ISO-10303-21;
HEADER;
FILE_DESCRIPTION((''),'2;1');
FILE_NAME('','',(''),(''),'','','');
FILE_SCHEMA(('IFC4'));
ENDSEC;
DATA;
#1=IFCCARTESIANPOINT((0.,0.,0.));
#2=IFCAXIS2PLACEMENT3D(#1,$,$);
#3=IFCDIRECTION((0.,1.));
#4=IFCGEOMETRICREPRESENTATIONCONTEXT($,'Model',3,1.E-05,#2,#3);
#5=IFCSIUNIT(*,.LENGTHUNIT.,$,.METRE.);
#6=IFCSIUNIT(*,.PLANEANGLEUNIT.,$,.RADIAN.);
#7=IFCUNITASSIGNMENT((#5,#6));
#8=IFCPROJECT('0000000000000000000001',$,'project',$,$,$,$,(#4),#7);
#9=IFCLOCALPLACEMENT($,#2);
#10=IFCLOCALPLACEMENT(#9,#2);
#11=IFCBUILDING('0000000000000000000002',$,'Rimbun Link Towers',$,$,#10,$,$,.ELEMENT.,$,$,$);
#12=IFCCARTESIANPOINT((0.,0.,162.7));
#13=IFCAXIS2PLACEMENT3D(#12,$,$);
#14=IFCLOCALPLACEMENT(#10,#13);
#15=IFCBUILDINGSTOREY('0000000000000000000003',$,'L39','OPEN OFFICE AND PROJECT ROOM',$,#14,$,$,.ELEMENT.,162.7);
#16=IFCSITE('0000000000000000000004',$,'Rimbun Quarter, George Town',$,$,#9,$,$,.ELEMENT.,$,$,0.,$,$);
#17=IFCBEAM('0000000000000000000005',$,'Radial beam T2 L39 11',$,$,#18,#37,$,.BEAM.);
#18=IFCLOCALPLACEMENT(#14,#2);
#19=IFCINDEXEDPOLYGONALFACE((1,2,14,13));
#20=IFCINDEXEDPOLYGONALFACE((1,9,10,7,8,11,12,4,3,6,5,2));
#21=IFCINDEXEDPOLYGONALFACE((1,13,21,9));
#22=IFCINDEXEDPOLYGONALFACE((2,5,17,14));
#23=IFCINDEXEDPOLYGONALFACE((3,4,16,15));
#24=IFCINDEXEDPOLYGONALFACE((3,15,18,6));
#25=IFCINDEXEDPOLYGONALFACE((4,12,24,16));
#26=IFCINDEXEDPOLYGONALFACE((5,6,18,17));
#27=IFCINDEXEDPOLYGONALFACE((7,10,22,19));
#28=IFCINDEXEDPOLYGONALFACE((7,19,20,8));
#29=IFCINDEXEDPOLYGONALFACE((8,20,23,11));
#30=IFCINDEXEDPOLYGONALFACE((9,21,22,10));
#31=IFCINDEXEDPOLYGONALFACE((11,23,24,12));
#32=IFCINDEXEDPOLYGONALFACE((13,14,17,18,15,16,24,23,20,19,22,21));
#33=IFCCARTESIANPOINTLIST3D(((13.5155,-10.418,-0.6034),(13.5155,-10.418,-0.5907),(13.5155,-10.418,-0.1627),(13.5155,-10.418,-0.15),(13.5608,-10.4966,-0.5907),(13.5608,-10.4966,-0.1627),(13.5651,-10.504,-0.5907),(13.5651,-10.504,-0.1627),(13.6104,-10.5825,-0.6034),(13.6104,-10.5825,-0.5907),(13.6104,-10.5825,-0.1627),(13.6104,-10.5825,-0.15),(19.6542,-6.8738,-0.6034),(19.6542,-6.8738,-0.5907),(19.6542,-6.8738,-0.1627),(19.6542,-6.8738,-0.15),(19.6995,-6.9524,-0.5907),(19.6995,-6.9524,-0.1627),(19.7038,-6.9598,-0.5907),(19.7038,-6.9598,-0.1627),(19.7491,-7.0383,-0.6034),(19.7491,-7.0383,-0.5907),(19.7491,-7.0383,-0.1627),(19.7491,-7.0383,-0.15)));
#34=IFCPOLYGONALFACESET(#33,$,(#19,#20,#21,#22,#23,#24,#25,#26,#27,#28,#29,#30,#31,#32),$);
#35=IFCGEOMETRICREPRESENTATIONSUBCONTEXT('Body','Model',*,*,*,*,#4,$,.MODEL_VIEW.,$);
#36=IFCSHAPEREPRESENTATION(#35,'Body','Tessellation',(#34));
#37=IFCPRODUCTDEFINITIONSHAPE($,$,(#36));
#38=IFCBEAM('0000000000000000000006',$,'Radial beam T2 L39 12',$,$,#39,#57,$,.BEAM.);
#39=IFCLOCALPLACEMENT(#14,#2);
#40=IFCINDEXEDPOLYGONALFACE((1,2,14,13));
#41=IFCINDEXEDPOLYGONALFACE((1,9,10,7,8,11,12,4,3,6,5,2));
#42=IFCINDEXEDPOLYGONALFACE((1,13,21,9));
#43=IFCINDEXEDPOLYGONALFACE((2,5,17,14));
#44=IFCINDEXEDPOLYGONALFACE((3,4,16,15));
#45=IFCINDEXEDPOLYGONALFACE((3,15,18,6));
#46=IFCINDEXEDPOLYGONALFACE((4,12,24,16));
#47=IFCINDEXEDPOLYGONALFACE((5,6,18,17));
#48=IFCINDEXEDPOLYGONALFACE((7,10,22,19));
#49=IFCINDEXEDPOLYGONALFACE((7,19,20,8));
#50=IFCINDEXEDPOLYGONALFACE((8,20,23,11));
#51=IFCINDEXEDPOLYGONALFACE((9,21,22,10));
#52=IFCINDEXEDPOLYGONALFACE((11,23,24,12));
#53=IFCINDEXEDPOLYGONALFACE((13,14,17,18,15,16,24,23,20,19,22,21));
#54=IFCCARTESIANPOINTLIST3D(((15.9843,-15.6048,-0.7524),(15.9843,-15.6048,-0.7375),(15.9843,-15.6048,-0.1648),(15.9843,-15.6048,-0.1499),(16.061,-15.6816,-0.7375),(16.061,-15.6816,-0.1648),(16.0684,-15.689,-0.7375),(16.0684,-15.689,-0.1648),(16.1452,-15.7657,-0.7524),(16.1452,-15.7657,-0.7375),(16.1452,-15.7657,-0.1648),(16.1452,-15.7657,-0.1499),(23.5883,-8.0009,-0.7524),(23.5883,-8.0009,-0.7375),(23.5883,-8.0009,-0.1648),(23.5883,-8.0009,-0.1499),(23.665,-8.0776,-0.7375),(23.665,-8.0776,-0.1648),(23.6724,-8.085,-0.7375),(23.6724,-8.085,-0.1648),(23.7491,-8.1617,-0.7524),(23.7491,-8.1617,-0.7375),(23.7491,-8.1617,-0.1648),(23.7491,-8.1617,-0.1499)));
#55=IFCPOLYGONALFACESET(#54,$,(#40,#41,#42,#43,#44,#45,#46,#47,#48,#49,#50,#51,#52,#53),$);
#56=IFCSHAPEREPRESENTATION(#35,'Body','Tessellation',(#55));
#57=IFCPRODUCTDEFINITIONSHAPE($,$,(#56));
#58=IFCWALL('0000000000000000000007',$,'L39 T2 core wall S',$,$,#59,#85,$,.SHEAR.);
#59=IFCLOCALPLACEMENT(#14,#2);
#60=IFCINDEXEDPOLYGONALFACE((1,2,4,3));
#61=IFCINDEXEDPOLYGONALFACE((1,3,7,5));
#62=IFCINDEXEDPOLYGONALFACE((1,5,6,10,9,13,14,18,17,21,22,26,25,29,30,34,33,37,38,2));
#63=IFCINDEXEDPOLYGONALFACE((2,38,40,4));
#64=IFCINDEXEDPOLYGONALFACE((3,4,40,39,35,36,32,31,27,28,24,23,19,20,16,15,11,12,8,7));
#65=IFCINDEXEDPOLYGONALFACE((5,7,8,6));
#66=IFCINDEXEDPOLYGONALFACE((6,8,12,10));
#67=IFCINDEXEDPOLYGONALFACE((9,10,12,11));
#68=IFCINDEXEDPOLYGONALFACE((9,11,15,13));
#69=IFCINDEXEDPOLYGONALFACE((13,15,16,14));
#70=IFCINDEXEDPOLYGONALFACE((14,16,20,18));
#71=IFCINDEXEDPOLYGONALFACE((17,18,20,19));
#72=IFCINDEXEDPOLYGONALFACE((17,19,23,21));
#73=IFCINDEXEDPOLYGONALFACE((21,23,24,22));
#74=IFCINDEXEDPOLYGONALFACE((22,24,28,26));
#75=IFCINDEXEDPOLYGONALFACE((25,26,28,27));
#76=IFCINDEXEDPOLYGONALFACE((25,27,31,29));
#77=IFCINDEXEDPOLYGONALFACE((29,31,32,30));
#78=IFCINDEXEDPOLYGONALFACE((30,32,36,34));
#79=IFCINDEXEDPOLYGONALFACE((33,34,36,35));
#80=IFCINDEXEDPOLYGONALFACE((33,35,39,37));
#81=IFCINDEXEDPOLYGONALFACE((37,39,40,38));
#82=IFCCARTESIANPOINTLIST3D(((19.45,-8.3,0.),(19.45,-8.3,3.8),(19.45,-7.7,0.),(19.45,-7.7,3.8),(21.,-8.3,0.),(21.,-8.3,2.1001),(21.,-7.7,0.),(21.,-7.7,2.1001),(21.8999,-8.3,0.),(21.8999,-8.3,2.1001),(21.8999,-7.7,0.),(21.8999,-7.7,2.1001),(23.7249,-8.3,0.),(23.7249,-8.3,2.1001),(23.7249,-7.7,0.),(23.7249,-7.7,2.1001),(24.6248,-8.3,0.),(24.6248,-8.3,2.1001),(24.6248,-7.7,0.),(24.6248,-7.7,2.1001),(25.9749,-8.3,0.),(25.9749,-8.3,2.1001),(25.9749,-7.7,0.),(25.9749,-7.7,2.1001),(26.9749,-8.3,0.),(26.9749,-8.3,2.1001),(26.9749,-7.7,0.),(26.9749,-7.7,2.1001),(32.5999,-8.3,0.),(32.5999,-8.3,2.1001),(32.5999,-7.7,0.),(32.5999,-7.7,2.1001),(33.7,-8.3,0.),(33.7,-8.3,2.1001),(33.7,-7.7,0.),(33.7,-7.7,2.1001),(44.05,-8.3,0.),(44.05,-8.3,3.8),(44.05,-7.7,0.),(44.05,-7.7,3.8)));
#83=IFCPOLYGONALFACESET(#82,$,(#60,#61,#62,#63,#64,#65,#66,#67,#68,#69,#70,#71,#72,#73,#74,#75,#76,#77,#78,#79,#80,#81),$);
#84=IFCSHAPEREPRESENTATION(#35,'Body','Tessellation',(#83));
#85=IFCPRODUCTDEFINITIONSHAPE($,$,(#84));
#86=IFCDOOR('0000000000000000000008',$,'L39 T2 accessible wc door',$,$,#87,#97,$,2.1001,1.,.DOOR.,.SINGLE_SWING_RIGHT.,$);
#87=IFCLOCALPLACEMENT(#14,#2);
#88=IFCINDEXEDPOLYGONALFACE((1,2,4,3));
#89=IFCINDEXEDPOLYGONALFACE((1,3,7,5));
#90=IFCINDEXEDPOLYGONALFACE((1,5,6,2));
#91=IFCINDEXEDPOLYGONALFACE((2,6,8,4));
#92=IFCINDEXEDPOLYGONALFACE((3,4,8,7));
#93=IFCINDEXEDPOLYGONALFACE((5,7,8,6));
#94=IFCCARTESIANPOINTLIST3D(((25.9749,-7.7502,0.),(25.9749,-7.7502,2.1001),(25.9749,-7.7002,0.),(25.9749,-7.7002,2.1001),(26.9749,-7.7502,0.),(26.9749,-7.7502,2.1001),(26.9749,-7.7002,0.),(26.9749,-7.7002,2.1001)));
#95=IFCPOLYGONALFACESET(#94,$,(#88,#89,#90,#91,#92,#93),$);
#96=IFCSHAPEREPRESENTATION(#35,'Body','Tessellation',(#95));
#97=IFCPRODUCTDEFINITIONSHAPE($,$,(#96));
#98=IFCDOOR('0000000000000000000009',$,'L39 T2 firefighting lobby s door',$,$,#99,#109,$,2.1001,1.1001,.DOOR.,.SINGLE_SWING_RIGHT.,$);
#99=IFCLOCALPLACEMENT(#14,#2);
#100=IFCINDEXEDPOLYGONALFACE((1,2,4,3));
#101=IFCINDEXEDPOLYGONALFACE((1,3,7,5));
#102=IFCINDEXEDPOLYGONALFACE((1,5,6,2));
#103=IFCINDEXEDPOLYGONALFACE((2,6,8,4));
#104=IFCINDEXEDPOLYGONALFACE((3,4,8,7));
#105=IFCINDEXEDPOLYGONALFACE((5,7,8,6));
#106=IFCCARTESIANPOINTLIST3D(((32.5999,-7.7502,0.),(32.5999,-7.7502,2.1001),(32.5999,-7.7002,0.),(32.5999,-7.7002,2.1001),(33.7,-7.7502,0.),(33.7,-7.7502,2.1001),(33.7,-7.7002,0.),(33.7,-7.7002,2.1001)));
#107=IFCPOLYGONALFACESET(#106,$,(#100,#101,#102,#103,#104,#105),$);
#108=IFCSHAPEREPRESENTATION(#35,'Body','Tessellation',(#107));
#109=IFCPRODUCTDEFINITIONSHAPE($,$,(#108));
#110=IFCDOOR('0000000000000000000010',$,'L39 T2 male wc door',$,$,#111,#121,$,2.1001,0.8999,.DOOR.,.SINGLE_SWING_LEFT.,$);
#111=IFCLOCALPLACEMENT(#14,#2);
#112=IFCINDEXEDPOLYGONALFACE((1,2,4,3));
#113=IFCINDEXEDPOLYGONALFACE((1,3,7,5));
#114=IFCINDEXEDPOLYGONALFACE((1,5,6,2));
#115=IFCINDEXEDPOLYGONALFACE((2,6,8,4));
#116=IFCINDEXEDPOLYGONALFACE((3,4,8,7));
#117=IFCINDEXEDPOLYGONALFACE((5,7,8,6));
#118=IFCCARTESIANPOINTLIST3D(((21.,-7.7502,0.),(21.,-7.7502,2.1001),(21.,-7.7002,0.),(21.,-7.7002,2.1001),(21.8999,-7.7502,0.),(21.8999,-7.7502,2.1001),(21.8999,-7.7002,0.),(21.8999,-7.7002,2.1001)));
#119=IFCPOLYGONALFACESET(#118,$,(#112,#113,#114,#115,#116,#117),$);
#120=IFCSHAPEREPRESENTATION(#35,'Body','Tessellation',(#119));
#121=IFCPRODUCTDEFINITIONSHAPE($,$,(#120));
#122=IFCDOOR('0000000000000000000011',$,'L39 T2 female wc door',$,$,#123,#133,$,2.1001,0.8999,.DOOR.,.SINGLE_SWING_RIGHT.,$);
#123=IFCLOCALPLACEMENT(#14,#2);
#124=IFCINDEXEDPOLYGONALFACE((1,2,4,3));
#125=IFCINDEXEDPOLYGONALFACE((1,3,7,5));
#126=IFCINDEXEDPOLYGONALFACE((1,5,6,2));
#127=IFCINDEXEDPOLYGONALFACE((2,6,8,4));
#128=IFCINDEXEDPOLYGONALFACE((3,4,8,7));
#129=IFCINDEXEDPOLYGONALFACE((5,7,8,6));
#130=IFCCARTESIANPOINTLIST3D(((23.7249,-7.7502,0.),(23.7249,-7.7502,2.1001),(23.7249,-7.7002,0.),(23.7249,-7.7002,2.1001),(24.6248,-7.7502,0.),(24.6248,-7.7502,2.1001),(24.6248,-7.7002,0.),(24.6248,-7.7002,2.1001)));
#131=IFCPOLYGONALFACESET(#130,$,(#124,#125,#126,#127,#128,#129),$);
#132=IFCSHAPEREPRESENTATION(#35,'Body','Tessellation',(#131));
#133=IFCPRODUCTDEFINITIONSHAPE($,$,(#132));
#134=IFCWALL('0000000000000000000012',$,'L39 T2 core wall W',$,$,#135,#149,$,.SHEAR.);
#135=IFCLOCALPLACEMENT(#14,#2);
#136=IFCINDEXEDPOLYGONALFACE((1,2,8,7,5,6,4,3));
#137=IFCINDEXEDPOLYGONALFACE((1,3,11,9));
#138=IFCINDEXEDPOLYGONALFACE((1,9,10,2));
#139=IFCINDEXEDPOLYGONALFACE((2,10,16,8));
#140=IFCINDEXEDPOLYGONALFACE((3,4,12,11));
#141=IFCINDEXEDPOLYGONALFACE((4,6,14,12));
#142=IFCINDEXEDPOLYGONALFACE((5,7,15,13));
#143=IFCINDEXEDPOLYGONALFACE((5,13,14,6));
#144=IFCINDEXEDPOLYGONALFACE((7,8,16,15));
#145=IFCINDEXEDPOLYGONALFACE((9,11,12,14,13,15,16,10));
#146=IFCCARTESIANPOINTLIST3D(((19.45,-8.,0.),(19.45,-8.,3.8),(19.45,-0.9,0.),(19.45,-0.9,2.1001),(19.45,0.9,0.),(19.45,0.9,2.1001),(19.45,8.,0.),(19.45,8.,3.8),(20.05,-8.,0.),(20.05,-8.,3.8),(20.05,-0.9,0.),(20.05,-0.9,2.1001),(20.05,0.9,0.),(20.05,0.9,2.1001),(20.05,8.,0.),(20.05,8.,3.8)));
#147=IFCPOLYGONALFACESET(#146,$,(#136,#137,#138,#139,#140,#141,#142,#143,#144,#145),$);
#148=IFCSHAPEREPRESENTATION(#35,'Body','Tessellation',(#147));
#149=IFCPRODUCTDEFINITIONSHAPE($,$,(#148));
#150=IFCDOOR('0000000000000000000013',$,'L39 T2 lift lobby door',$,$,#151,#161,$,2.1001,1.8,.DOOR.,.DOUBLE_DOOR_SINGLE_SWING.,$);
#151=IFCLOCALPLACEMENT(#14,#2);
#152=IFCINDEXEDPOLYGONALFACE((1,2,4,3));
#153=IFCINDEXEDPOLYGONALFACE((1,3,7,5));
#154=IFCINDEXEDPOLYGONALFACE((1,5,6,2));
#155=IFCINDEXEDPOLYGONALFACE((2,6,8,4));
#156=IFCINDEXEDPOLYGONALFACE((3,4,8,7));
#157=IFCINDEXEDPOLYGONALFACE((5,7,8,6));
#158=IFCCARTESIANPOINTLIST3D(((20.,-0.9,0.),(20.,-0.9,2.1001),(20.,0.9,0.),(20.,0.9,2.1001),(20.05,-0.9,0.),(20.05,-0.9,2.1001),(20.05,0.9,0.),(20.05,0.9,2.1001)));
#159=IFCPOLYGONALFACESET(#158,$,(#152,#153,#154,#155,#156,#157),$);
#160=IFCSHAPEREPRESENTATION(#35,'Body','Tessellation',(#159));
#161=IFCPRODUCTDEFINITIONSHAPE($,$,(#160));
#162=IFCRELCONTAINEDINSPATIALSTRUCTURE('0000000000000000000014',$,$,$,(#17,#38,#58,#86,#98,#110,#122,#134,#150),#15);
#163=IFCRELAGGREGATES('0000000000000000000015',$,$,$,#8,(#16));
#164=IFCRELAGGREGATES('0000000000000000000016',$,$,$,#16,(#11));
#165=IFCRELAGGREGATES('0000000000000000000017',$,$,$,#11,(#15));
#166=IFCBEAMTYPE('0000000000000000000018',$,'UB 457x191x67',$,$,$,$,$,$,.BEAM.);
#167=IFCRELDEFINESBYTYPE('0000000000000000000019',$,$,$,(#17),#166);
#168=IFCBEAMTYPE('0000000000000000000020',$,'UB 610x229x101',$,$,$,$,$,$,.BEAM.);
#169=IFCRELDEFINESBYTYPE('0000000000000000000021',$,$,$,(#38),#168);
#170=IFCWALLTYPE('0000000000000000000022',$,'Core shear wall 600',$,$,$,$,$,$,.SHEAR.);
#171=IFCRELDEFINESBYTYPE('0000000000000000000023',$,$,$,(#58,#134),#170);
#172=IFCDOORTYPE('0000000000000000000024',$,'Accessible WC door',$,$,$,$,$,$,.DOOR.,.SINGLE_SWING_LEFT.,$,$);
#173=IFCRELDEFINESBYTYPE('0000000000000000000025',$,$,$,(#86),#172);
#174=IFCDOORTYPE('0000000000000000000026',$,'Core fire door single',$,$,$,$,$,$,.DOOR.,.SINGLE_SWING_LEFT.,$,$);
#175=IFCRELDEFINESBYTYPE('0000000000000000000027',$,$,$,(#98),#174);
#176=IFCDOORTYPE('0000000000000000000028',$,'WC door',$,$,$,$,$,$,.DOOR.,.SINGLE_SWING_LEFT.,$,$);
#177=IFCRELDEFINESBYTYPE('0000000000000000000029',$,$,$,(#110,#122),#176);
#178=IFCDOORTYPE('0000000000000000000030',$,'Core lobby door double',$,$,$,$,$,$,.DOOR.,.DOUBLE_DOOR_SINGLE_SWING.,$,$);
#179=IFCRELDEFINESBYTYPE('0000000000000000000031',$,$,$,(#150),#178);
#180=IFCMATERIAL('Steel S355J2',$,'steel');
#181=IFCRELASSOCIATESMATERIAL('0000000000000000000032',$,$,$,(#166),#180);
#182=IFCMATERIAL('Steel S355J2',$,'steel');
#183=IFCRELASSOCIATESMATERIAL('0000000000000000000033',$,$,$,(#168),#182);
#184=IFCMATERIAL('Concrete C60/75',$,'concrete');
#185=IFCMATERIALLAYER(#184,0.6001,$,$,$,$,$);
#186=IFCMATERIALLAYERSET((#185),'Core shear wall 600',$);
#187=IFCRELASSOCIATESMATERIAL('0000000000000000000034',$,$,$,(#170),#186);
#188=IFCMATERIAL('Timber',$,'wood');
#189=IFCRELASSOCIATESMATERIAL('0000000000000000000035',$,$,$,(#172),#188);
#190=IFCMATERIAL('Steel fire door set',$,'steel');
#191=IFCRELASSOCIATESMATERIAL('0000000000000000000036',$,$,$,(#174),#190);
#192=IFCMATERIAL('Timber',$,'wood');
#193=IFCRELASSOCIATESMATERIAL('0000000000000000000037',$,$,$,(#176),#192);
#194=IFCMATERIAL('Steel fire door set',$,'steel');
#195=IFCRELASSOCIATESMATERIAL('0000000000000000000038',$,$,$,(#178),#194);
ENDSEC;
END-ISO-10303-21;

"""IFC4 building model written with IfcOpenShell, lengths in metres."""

from ifc_helpers import new_model, si_unit, direction, frame, frame_2d, origin, origin_2d, place, context, subcontext, project, spatial, rectangle, i_section, extrude, material, layer, layer_set, material_profile, profile_set, type_object, element, fill, save


model = new_model("IFC4")

# Units and contexts
model_context = context("Model", 3, precision=1e-05, world=origin(), true_north=direction((0.0, 1.0)))
body_context = subcontext(model_context, "Body", "Model", "MODEL_VIEW")
ifc_project = project(units=[si_unit("LENGTHUNIT", "METRE"), si_unit("PLANEANGLEUNIT", "RADIAN")], contexts=[model_context])

# Site, building, storey
site_placement = place(None, origin())
site = spatial("IfcSite", under=ifc_project, at=site_placement, Name="Rimbun Quarter, George Town", CompositionType="ELEMENT", RefElevation=0.0)
building_placement = place(site_placement, origin())
building = spatial("IfcBuilding", under=site, at=building_placement, Name="Rimbun Link Towers", CompositionType="ELEMENT")
storey_placement = place(building_placement, frame((0.0, 0.0, 162.7)))
storey = spatial("IfcBuildingStorey", under=building, at=storey_placement, Name="L39", Description="OPEN OFFICE AND PROJECT ROOM", CompositionType="ELEMENT", Elevation=162.7)

# Beams
ifc_material_1 = material(Name="Steel S355J2", Category="steel")
ifc_material_profile_1 = material_profile(ifc_material_1, i_section(OverallWidth=0.1899, OverallDepth=0.4534, WebThickness=0.0085, FlangeThickness=0.0127, at=origin_2d()), Name="UB 457x191x67")
ifc_profile_set_1 = profile_set([ifc_material_profile_1], Name="Steel S355J2")
beam_type_1 = type_object("IfcBeamType", Name="UB 457x191x67", PredefinedType="BEAM", material=ifc_profile_set_1)
beam_1_placement = place(storey_placement, frame((19.7017, -6.9561, -0.3767), z_axis=(-0.866024, -0.500003, 0.0), x_axis=(0.500003, -0.866024, 0.0)))
element("IfcBeam", 1, at=beam_1_placement, inside=storey, type_object=beam_type_1, Name="Radial beam T2 L39 11", PredefinedType="BEAM", context=body_context, shape_type="SweptSolid", body=[
    extrude(i_section(OverallWidth=0.1899, OverallDepth=0.4534, WebThickness=0.0085, FlangeThickness=0.0127, at=origin_2d()), origin(), (0.0, 0.0, 1.0), 7.0884),
])
ifc_material_2 = material(Name="Steel S355J2", Category="steel")
ifc_material_profile_2 = material_profile(ifc_material_2, i_section(OverallWidth=0.2275, OverallDepth=0.6025, WebThickness=0.0105, FlangeThickness=0.0149, at=origin_2d()), Name="UB 610x229x101")
ifc_profile_set_2 = profile_set([ifc_material_profile_2], Name="Steel S355J2")
beam_type_2 = type_object("IfcBeamType", Name="UB 610x229x101", PredefinedType="BEAM", material=ifc_profile_set_2)
beam_2_placement = place(storey_placement, frame((23.6687, -8.0813, -0.4512), z_axis=(-0.707107, -0.707107, 0.0), x_axis=(0.707107, -0.707107, 0.0)))
element("IfcBeam", 2, at=beam_2_placement, inside=storey, type_object=beam_type_2, Name="Radial beam T2 L39 12", PredefinedType="BEAM", context=body_context, shape_type="SweptSolid", body=[
    extrude(i_section(OverallWidth=0.2275, OverallDepth=0.6025, WebThickness=0.0105, FlangeThickness=0.0149, at=origin_2d()), origin(), (0.0, 0.0, 1.0), 10.7537),
])

# Wall, openings, doors
ifc_material_3 = material(Name="Concrete C60/75", Category="concrete")
ifc_layer_1 = layer(ifc_material_3, 0.6001)
ifc_layer_set_1 = layer_set([ifc_layer_1], Name="Core shear wall 600")
wall_type_1 = type_object("IfcWallType", Name="Core shear wall 600", PredefinedType="SHEAR", material=ifc_layer_set_1)
wall_1_placement = place(storey_placement, frame((19.45, -8.0, 0.0), z_axis=(0.0, 0.0, 1.0), x_axis=(1.0, 0.0, 0.0)))
wall_1 = element("IfcWall", 3, at=wall_1_placement, inside=storey, type_object=wall_type_1, Name="L39 T2 core wall S", PredefinedType="SHEAR", context=body_context, shape_type="SweptSolid", body=[
    extrude(rectangle(XDim=24.6001, YDim=0.6001, at=frame_2d((12.3, 0.0))), origin(), (0.0, 0.0, 1.0), 3.8),
])
opening_1_placement = place(wall_1_placement, frame((13.1499, 0.0, 0.0)))
opening_1 = element("IfcOpeningElement", 4, at=opening_1_placement, cuts=wall_1, PredefinedType="OPENING", context=body_context, shape_type="SweptSolid", body=[
    extrude(rectangle(XDim=1.1001, YDim=2.1001, at=frame_2d((0.55, 1.05))), frame((0.0, 0.3101, 0.0), z_axis=(0.0, -1.0, 0.0), x_axis=(1.0, 0.0, 0.0)), (0.0, 0.0, 1.0), 0.6201),
])
opening_2_placement = place(wall_1_placement, frame((1.55, 0.0, 0.0)))
opening_2 = element("IfcOpeningElement", 5, at=opening_2_placement, cuts=wall_1, PredefinedType="OPENING", context=body_context, shape_type="SweptSolid", body=[
    extrude(rectangle(XDim=0.8999, YDim=2.1001, at=frame_2d((0.45, 1.05))), frame((0.0, 0.3101, 0.0), z_axis=(0.0, -1.0, 0.0), x_axis=(1.0, 0.0, 0.0)), (0.0, 0.0, 1.0), 0.6201),
])
opening_3_placement = place(wall_1_placement, frame((4.2749, 0.0, 0.0)))
opening_3 = element("IfcOpeningElement", 6, at=opening_3_placement, cuts=wall_1, PredefinedType="OPENING", context=body_context, shape_type="SweptSolid", body=[
    extrude(rectangle(XDim=0.8999, YDim=2.1001, at=frame_2d((0.45, 1.05))), frame((0.0, 0.3101, 0.0), z_axis=(0.0, -1.0, 0.0), x_axis=(1.0, 0.0, 0.0)), (0.0, 0.0, 1.0), 0.6201),
])
opening_4_placement = place(wall_1_placement, frame((6.5249, 0.0, 0.0)))
opening_4 = element("IfcOpeningElement", 7, at=opening_4_placement, cuts=wall_1, PredefinedType="OPENING", context=body_context, shape_type="SweptSolid", body=[
    extrude(rectangle(XDim=1.0, YDim=2.1001, at=frame_2d((0.5, 1.05))), frame((0.0, 0.3101, 0.0), z_axis=(0.0, -1.0, 0.0), x_axis=(1.0, 0.0, 0.0)), (0.0, 0.0, 1.0), 0.6201),
])
ifc_material_4 = material(Name="Timber", Category="wood")
door_type_1 = type_object("IfcDoorType", Name="Accessible WC door", OperationType="SINGLE_SWING_LEFT", PredefinedType="DOOR", material=ifc_material_4)
door_1_placement = place(opening_4_placement, origin())
door_1 = element("IfcDoor", 8, at=door_1_placement, inside=storey, type_object=door_type_1, Name="L39 T2 accessible wc door", OperationType="SINGLE_SWING_RIGHT", OverallHeight=2.1001, OverallWidth=1.0, PredefinedType="DOOR", context=body_context, shape_type="SweptSolid", body=[
    extrude(rectangle(XDim=1.0, YDim=2.1001, at=frame_2d((0.5, 1.05))), frame((0.0, 0.2998, 0.0), z_axis=(0.0, -1.0, 0.0), x_axis=(1.0, 0.0, 0.0)), (0.0, 0.0, 1.0), 0.05),
])
fill(opening_4, door_1)
ifc_material_5 = material(Name="Steel fire door set", Category="steel")
door_type_2 = type_object("IfcDoorType", Name="Core fire door single", OperationType="SINGLE_SWING_LEFT", PredefinedType="DOOR", material=ifc_material_5)
door_2_placement = place(opening_1_placement, origin())
door_2 = element("IfcDoor", 9, at=door_2_placement, inside=storey, type_object=door_type_2, Name="L39 T2 firefighting lobby s door", OperationType="SINGLE_SWING_RIGHT", OverallHeight=2.1001, OverallWidth=1.1001, PredefinedType="DOOR", context=body_context, shape_type="SweptSolid", body=[
    extrude(rectangle(XDim=1.1001, YDim=2.1001, at=frame_2d((0.55, 1.05))), frame((0.0, 0.2998, 0.0), z_axis=(0.0, -1.0, 0.0), x_axis=(1.0, 0.0, 0.0)), (0.0, 0.0, 1.0), 0.05),
])
fill(opening_1, door_2)
ifc_material_6 = material(Name="Timber", Category="wood")
door_type_3 = type_object("IfcDoorType", Name="WC door", OperationType="SINGLE_SWING_LEFT", PredefinedType="DOOR", material=ifc_material_6)
door_3_placement = place(opening_2_placement, origin())
door_3 = element("IfcDoor", 10, at=door_3_placement, inside=storey, type_object=door_type_3, Name="L39 T2 male wc door", OperationType="SINGLE_SWING_LEFT", OverallHeight=2.1001, OverallWidth=0.8999, PredefinedType="DOOR", context=body_context, shape_type="SweptSolid", body=[
    extrude(rectangle(XDim=0.8999, YDim=2.1001, at=frame_2d((0.45, 1.05))), frame((0.0, 0.2998, 0.0), z_axis=(0.0, -1.0, 0.0), x_axis=(1.0, 0.0, 0.0)), (0.0, 0.0, 1.0), 0.05),
])
fill(opening_2, door_3)
door_4_placement = place(opening_3_placement, origin())
door_4 = element("IfcDoor", 11, at=door_4_placement, inside=storey, type_object=door_type_3, Name="L39 T2 female wc door", OperationType="SINGLE_SWING_RIGHT", OverallHeight=2.1001, OverallWidth=0.8999, PredefinedType="DOOR", context=body_context, shape_type="SweptSolid", body=[
    extrude(rectangle(XDim=0.8999, YDim=2.1001, at=frame_2d((0.45, 1.05))), frame((0.0, 0.2998, 0.0), z_axis=(0.0, -1.0, 0.0), x_axis=(1.0, 0.0, 0.0)), (0.0, 0.0, 1.0), 0.05),
])
fill(opening_3, door_4)

# Wall, opening, door
wall_2_placement = place(storey_placement, frame((19.75, -8.0, 0.0), z_axis=(0.0, 0.0, 1.0), x_axis=(0.0, 1.0, 0.0)))
wall_2 = element("IfcWall", 12, at=wall_2_placement, inside=storey, type_object=wall_type_1, Name="L39 T2 core wall W", PredefinedType="SHEAR", context=body_context, shape_type="SweptSolid", body=[
    extrude(rectangle(XDim=16.0, YDim=0.6001, at=frame_2d((8.0, 0.0))), origin(), (0.0, 0.0, 1.0), 3.8),
])
opening_5_placement = place(wall_2_placement, frame((7.1001, 0.0, 0.0)))
opening_5 = element("IfcOpeningElement", 13, at=opening_5_placement, cuts=wall_2, PredefinedType="OPENING", context=body_context, shape_type="SweptSolid", body=[
    extrude(rectangle(XDim=1.8, YDim=2.1001, at=frame_2d((0.8999, 1.05))), frame((0.0, 0.3101, 0.0), z_axis=(0.0, -1.0, 0.0), x_axis=(1.0, 0.0, 0.0)), (0.0, 0.0, 1.0), 0.6201),
])
ifc_material_7 = material(Name="Steel fire door set", Category="steel")
door_type_4 = type_object("IfcDoorType", Name="Core lobby door double", OperationType="DOUBLE_DOOR_SINGLE_SWING", PredefinedType="DOOR", material=ifc_material_7)
door_5_placement = place(opening_5_placement, origin())
door_5 = element("IfcDoor", 14, at=door_5_placement, inside=storey, type_object=door_type_4, Name="L39 T2 lift lobby door", OperationType="DOUBLE_DOOR_SINGLE_SWING", OverallHeight=2.1001, OverallWidth=1.8, PredefinedType="DOOR", context=body_context, shape_type="SweptSolid", body=[
    extrude(rectangle(XDim=1.8, YDim=2.1001, at=frame_2d((0.8999, 1.05))), frame((0.0, -0.25, 0.0), z_axis=(0.0, -1.0, 0.0), x_axis=(1.0, 0.0, 0.0)), (0.0, 0.0, 1.0), 0.05),
])
fill(opening_5, door_5)

save(model, "model.ifc")
